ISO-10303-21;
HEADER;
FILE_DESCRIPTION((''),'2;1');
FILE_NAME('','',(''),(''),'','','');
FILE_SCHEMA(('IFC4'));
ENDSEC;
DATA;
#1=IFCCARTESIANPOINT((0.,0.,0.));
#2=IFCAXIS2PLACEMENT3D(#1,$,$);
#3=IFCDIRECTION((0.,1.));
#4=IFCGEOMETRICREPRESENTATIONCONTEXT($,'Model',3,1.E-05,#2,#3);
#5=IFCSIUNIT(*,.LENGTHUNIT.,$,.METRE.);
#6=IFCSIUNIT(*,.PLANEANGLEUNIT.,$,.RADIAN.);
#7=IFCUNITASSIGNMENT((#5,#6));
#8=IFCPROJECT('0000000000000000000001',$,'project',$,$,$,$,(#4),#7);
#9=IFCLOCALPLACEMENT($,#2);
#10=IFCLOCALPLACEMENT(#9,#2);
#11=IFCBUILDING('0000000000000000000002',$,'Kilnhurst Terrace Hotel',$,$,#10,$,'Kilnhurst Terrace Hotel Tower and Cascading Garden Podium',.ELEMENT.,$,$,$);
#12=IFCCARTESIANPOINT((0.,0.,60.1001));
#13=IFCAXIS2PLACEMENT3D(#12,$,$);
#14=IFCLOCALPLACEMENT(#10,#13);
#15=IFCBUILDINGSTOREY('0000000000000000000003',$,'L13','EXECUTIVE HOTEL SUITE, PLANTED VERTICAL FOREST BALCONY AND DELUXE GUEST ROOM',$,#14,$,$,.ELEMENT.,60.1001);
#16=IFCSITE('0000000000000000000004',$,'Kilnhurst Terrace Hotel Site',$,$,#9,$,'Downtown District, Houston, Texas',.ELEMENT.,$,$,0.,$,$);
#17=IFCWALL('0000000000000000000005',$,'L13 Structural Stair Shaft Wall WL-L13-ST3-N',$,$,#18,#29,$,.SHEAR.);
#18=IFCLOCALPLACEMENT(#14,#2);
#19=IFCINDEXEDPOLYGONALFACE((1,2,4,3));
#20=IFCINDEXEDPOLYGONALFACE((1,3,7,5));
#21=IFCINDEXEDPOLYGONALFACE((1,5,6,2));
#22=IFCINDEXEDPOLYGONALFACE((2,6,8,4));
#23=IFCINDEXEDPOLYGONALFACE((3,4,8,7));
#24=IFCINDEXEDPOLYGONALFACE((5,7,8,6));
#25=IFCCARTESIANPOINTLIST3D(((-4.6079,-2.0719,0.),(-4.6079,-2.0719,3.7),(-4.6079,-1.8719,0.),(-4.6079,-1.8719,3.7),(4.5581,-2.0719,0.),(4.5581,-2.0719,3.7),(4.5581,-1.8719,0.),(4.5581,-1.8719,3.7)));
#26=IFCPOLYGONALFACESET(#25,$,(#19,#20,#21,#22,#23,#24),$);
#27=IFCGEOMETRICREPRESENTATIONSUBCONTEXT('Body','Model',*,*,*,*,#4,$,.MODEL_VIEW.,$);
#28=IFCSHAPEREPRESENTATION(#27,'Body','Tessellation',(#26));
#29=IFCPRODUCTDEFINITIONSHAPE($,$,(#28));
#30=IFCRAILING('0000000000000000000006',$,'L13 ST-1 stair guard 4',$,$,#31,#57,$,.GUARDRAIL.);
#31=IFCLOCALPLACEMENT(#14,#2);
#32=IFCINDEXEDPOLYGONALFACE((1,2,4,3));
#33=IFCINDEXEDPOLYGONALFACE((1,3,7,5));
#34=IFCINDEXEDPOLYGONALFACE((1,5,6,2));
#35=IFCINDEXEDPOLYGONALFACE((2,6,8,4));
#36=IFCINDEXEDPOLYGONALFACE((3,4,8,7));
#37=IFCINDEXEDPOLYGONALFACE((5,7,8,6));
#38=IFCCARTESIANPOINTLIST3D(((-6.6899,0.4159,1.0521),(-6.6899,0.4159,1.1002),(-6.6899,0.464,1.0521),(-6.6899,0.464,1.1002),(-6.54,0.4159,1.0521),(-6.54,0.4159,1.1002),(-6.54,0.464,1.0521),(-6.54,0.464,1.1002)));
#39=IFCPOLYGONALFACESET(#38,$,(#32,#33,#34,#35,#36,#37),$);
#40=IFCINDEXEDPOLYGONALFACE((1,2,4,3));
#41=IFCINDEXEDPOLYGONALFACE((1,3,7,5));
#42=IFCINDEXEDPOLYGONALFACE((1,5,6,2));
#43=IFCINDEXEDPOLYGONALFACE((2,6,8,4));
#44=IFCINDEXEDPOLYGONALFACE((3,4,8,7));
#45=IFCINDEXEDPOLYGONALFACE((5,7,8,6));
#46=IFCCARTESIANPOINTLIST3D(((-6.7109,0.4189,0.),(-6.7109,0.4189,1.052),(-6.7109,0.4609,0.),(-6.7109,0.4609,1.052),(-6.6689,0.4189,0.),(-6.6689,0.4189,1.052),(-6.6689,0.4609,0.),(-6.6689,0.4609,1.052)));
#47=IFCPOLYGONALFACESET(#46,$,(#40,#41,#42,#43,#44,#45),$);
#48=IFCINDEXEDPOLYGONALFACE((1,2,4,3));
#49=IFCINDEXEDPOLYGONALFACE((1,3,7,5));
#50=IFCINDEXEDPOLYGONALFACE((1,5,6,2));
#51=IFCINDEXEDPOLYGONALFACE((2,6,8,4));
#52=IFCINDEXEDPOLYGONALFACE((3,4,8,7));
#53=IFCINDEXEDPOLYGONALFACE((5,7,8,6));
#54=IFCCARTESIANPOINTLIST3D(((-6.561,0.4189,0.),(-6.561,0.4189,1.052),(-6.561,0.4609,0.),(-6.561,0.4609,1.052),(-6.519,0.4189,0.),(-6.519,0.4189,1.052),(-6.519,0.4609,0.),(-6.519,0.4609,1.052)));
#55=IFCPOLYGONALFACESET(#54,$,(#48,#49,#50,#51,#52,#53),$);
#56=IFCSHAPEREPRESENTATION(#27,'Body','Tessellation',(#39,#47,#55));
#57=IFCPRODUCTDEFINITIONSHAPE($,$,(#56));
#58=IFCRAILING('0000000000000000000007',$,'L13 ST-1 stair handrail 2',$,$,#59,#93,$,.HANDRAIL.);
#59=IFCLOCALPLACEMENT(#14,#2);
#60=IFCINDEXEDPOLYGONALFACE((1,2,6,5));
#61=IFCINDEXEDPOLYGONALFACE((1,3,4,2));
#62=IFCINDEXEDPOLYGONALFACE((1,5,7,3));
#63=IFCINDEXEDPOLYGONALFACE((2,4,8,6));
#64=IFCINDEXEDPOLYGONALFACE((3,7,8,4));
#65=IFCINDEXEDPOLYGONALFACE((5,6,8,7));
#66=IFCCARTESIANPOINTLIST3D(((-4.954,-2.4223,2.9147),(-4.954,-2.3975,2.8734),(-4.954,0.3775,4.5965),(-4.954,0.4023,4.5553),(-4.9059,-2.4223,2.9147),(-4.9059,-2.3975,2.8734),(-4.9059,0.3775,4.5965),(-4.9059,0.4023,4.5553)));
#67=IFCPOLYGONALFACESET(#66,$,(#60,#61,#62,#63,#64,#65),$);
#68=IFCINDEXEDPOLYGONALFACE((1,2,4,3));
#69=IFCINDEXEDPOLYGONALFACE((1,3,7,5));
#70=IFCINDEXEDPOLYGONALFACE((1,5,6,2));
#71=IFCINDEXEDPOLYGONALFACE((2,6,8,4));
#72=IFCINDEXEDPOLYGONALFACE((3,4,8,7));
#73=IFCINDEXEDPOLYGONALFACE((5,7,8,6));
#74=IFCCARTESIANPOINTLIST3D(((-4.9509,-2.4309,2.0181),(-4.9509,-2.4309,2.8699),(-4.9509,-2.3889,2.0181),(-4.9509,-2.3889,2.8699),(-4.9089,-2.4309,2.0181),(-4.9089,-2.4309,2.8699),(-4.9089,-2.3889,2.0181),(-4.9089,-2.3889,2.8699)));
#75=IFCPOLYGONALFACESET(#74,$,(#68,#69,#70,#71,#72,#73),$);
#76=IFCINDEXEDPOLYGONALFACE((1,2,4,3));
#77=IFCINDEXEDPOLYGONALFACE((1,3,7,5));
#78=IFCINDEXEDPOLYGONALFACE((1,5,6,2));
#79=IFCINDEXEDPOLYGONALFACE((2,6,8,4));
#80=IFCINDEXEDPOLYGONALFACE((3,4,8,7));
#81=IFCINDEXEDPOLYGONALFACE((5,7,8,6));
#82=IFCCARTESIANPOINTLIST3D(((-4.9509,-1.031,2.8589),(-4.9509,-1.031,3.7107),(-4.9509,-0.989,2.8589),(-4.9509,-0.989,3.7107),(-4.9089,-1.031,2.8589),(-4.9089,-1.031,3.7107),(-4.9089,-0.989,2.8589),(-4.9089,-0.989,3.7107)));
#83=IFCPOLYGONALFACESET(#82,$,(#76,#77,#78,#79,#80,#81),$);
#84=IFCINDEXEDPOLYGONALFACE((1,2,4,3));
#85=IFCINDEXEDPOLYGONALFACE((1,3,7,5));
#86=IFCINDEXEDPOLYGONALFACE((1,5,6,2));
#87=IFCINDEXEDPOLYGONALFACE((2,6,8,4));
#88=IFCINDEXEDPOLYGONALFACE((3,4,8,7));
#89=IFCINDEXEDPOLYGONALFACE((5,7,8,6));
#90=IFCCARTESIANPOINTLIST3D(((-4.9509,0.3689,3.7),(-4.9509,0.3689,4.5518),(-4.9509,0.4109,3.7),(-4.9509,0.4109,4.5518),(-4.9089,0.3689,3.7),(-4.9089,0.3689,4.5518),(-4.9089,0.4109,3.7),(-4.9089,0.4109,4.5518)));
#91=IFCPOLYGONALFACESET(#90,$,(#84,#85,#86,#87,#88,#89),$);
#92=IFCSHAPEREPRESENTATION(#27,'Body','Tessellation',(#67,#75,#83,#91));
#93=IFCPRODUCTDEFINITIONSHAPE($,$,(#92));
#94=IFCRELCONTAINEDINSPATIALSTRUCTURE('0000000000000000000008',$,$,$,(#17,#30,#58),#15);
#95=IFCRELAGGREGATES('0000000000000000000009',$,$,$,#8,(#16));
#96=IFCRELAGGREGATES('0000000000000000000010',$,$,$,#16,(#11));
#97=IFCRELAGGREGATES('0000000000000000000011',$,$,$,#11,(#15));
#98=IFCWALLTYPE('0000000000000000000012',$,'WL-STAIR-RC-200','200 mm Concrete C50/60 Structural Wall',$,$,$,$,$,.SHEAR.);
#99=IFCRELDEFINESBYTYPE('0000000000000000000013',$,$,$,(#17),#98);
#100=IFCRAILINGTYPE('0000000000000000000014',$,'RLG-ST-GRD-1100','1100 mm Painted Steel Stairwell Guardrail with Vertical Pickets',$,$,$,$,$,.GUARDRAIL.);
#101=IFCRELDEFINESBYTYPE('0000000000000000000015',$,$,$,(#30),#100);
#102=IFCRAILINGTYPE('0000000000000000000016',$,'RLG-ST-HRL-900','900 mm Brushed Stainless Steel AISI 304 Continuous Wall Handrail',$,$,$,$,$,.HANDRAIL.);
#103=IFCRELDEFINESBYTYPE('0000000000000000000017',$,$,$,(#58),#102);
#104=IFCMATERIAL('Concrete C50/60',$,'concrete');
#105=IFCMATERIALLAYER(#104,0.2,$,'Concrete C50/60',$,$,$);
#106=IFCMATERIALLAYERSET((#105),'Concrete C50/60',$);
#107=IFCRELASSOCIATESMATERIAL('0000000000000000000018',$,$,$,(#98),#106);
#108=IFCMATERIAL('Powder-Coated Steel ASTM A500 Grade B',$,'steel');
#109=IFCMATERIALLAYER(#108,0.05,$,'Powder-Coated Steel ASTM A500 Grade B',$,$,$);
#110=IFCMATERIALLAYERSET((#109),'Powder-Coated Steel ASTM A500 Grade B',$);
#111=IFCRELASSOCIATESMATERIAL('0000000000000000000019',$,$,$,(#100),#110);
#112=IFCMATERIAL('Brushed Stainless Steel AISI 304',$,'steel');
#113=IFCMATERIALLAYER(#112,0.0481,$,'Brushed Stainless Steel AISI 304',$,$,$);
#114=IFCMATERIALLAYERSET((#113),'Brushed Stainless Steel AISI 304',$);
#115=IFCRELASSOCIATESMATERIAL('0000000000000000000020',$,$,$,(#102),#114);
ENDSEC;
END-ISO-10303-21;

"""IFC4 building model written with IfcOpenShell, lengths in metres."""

from ifc_helpers import new_model, si_unit, direction, frame, frame_2d, origin, origin_2d, place, context, subcontext, project, spatial, rectangle, extrude, material, layer, layer_set, type_object, element, save


model = new_model("IFC4")

# Units and contexts
model_context = context("Model", 3, precision=1e-05, world=origin(), true_north=direction((0.0, 1.0)))
body_context = subcontext(model_context, "Body", "Model", "MODEL_VIEW")
ifc_project = project(units=[si_unit("LENGTHUNIT", "METRE"), si_unit("PLANEANGLEUNIT", "RADIAN")], contexts=[model_context])

# Site, building, storey
site_placement = place(None, origin())
site = spatial("IfcSite", under=ifc_project, at=site_placement, Name="Kilnhurst Terrace Hotel Site", LongName="Downtown District, Houston, Texas", CompositionType="ELEMENT", RefElevation=0.0)
building_placement = place(site_placement, origin())
building = spatial("IfcBuilding", under=site, at=building_placement, Name="Kilnhurst Terrace Hotel", LongName="Kilnhurst Terrace Hotel Tower and Cascading Garden Podium", CompositionType="ELEMENT")
storey_placement = place(building_placement, frame((0.0, 0.0, 60.1001)))
storey = spatial("IfcBuildingStorey", under=building, at=storey_placement, Name="L13", Description="EXECUTIVE HOTEL SUITE, PLANTED VERTICAL FOREST BALCONY AND DELUXE GUEST ROOM", CompositionType="ELEMENT", Elevation=60.1001)

# Shared definitions
ifc_material_1 = material(Name="Concrete C50/60", Category="concrete")

# Wall
ifc_layer_1 = layer(ifc_material_1, 0.2, Name="Concrete C50/60")
ifc_layer_set_1 = layer_set([ifc_layer_1], Name="Concrete C50/60")
wall_type_1 = type_object("IfcWallType", Name="WL-STAIR-RC-200", Description="200 mm Concrete C50/60 Structural Wall", PredefinedType="SHEAR", material=ifc_layer_set_1)
wall_1_placement = place(storey_placement, frame((-4.6079, -1.9719, 0.0), z_axis=(0.0, 0.0, 1.0), x_axis=(1.0, 0.0, 0.0)))
element("IfcWall", 1, at=wall_1_placement, inside=storey, type_object=wall_type_1, Name="L13 Structural Stair Shaft Wall WL-L13-ST3-N", PredefinedType="SHEAR", context=body_context, shape_type="SweptSolid", body=[
    extrude(rectangle(XDim=9.166, YDim=0.2, at=frame_2d((4.583, 0.0))), origin(), (0.0, 0.0, 1.0), 3.7),
])

# Railings
ifc_material_2 = material(Name="Powder-Coated Steel ASTM A500 Grade B", Category="steel")
ifc_layer_2 = layer(ifc_material_2, 0.05, Name="Powder-Coated Steel ASTM A500 Grade B")
ifc_layer_set_2 = layer_set([ifc_layer_2], Name="Powder-Coated Steel ASTM A500 Grade B")
railing_type_1 = type_object("IfcRailingType", Name="RLG-ST-GRD-1100", Description="1100 mm Painted Steel Stairwell Guardrail with Vertical Pickets", PredefinedType="GUARDRAIL", material=ifc_layer_set_2)
railing_1_placement = place(storey_placement, frame((-6.6899, 0.4399, 0.0)))
element("IfcRailing", 2, at=railing_1_placement, inside=storey, type_object=railing_type_1, Name="L13 ST-1 stair guard 4", PredefinedType="GUARDRAIL", context=body_context, shape_type="SweptSolid", body=[
    extrude(rectangle(XDim=0.0481, YDim=0.0481, at=origin_2d()), frame((0.0, 0.0, 1.0762), z_axis=(1.0, 0.0, 0.0), x_axis=(0.0, 1.0, 0.0)), (0.0, 0.0, 1.0), 0.1499),
    extrude(rectangle(XDim=0.042, YDim=0.042, at=origin_2d()), origin(), (0.0, 0.0, 1.0), 1.052),
    extrude(rectangle(XDim=0.042, YDim=0.042, at=origin_2d()), frame((0.1499, 0.0, 0.0)), (0.0, 0.0, 1.0), 1.052),
])
ifc_material_3 = material(Name="Brushed Stainless Steel AISI 304", Category="steel")
ifc_layer_3 = layer(ifc_material_3, 0.0481, Name="Brushed Stainless Steel AISI 304")
ifc_layer_set_3 = layer_set([ifc_layer_3], Name="Brushed Stainless Steel AISI 304")
railing_type_2 = type_object("IfcRailingType", Name="RLG-ST-HRL-900", Description="900 mm Brushed Stainless Steel AISI 304 Continuous Wall Handrail", PredefinedType="HANDRAIL", material=ifc_layer_set_3)
railing_2_placement = place(storey_placement, frame((-4.9299, -2.4099, 2.0181)))
element("IfcRailing", 3, at=railing_2_placement, inside=storey, type_object=railing_type_2, Name="L13 ST-1 stair handrail 2", PredefinedType="HANDRAIL", context=body_context, shape_type="SweptSolid", body=[
    extrude(rectangle(XDim=0.0481, YDim=0.0481, at=origin_2d()), frame((0.0, 0.0, 0.876), z_axis=(0.0, 0.857222, 0.514946), x_axis=(-1.0, 0.0, 0.0)), (0.0, 0.0, 1.0), 3.2661),
    extrude(rectangle(XDim=0.042, YDim=0.042, at=origin_2d()), origin(), (0.0, 0.0, 1.0), 0.8518),
    extrude(rectangle(XDim=0.042, YDim=0.042, at=origin_2d()), frame((0.0, 1.3999, 0.8408)), (0.0, 0.0, 1.0), 0.8518),
    extrude(rectangle(XDim=0.042, YDim=0.042, at=origin_2d()), frame((0.0, 2.7998, 1.6819)), (0.0, 0.0, 1.0), 0.8518),
])

save(model, "model.ifc")
